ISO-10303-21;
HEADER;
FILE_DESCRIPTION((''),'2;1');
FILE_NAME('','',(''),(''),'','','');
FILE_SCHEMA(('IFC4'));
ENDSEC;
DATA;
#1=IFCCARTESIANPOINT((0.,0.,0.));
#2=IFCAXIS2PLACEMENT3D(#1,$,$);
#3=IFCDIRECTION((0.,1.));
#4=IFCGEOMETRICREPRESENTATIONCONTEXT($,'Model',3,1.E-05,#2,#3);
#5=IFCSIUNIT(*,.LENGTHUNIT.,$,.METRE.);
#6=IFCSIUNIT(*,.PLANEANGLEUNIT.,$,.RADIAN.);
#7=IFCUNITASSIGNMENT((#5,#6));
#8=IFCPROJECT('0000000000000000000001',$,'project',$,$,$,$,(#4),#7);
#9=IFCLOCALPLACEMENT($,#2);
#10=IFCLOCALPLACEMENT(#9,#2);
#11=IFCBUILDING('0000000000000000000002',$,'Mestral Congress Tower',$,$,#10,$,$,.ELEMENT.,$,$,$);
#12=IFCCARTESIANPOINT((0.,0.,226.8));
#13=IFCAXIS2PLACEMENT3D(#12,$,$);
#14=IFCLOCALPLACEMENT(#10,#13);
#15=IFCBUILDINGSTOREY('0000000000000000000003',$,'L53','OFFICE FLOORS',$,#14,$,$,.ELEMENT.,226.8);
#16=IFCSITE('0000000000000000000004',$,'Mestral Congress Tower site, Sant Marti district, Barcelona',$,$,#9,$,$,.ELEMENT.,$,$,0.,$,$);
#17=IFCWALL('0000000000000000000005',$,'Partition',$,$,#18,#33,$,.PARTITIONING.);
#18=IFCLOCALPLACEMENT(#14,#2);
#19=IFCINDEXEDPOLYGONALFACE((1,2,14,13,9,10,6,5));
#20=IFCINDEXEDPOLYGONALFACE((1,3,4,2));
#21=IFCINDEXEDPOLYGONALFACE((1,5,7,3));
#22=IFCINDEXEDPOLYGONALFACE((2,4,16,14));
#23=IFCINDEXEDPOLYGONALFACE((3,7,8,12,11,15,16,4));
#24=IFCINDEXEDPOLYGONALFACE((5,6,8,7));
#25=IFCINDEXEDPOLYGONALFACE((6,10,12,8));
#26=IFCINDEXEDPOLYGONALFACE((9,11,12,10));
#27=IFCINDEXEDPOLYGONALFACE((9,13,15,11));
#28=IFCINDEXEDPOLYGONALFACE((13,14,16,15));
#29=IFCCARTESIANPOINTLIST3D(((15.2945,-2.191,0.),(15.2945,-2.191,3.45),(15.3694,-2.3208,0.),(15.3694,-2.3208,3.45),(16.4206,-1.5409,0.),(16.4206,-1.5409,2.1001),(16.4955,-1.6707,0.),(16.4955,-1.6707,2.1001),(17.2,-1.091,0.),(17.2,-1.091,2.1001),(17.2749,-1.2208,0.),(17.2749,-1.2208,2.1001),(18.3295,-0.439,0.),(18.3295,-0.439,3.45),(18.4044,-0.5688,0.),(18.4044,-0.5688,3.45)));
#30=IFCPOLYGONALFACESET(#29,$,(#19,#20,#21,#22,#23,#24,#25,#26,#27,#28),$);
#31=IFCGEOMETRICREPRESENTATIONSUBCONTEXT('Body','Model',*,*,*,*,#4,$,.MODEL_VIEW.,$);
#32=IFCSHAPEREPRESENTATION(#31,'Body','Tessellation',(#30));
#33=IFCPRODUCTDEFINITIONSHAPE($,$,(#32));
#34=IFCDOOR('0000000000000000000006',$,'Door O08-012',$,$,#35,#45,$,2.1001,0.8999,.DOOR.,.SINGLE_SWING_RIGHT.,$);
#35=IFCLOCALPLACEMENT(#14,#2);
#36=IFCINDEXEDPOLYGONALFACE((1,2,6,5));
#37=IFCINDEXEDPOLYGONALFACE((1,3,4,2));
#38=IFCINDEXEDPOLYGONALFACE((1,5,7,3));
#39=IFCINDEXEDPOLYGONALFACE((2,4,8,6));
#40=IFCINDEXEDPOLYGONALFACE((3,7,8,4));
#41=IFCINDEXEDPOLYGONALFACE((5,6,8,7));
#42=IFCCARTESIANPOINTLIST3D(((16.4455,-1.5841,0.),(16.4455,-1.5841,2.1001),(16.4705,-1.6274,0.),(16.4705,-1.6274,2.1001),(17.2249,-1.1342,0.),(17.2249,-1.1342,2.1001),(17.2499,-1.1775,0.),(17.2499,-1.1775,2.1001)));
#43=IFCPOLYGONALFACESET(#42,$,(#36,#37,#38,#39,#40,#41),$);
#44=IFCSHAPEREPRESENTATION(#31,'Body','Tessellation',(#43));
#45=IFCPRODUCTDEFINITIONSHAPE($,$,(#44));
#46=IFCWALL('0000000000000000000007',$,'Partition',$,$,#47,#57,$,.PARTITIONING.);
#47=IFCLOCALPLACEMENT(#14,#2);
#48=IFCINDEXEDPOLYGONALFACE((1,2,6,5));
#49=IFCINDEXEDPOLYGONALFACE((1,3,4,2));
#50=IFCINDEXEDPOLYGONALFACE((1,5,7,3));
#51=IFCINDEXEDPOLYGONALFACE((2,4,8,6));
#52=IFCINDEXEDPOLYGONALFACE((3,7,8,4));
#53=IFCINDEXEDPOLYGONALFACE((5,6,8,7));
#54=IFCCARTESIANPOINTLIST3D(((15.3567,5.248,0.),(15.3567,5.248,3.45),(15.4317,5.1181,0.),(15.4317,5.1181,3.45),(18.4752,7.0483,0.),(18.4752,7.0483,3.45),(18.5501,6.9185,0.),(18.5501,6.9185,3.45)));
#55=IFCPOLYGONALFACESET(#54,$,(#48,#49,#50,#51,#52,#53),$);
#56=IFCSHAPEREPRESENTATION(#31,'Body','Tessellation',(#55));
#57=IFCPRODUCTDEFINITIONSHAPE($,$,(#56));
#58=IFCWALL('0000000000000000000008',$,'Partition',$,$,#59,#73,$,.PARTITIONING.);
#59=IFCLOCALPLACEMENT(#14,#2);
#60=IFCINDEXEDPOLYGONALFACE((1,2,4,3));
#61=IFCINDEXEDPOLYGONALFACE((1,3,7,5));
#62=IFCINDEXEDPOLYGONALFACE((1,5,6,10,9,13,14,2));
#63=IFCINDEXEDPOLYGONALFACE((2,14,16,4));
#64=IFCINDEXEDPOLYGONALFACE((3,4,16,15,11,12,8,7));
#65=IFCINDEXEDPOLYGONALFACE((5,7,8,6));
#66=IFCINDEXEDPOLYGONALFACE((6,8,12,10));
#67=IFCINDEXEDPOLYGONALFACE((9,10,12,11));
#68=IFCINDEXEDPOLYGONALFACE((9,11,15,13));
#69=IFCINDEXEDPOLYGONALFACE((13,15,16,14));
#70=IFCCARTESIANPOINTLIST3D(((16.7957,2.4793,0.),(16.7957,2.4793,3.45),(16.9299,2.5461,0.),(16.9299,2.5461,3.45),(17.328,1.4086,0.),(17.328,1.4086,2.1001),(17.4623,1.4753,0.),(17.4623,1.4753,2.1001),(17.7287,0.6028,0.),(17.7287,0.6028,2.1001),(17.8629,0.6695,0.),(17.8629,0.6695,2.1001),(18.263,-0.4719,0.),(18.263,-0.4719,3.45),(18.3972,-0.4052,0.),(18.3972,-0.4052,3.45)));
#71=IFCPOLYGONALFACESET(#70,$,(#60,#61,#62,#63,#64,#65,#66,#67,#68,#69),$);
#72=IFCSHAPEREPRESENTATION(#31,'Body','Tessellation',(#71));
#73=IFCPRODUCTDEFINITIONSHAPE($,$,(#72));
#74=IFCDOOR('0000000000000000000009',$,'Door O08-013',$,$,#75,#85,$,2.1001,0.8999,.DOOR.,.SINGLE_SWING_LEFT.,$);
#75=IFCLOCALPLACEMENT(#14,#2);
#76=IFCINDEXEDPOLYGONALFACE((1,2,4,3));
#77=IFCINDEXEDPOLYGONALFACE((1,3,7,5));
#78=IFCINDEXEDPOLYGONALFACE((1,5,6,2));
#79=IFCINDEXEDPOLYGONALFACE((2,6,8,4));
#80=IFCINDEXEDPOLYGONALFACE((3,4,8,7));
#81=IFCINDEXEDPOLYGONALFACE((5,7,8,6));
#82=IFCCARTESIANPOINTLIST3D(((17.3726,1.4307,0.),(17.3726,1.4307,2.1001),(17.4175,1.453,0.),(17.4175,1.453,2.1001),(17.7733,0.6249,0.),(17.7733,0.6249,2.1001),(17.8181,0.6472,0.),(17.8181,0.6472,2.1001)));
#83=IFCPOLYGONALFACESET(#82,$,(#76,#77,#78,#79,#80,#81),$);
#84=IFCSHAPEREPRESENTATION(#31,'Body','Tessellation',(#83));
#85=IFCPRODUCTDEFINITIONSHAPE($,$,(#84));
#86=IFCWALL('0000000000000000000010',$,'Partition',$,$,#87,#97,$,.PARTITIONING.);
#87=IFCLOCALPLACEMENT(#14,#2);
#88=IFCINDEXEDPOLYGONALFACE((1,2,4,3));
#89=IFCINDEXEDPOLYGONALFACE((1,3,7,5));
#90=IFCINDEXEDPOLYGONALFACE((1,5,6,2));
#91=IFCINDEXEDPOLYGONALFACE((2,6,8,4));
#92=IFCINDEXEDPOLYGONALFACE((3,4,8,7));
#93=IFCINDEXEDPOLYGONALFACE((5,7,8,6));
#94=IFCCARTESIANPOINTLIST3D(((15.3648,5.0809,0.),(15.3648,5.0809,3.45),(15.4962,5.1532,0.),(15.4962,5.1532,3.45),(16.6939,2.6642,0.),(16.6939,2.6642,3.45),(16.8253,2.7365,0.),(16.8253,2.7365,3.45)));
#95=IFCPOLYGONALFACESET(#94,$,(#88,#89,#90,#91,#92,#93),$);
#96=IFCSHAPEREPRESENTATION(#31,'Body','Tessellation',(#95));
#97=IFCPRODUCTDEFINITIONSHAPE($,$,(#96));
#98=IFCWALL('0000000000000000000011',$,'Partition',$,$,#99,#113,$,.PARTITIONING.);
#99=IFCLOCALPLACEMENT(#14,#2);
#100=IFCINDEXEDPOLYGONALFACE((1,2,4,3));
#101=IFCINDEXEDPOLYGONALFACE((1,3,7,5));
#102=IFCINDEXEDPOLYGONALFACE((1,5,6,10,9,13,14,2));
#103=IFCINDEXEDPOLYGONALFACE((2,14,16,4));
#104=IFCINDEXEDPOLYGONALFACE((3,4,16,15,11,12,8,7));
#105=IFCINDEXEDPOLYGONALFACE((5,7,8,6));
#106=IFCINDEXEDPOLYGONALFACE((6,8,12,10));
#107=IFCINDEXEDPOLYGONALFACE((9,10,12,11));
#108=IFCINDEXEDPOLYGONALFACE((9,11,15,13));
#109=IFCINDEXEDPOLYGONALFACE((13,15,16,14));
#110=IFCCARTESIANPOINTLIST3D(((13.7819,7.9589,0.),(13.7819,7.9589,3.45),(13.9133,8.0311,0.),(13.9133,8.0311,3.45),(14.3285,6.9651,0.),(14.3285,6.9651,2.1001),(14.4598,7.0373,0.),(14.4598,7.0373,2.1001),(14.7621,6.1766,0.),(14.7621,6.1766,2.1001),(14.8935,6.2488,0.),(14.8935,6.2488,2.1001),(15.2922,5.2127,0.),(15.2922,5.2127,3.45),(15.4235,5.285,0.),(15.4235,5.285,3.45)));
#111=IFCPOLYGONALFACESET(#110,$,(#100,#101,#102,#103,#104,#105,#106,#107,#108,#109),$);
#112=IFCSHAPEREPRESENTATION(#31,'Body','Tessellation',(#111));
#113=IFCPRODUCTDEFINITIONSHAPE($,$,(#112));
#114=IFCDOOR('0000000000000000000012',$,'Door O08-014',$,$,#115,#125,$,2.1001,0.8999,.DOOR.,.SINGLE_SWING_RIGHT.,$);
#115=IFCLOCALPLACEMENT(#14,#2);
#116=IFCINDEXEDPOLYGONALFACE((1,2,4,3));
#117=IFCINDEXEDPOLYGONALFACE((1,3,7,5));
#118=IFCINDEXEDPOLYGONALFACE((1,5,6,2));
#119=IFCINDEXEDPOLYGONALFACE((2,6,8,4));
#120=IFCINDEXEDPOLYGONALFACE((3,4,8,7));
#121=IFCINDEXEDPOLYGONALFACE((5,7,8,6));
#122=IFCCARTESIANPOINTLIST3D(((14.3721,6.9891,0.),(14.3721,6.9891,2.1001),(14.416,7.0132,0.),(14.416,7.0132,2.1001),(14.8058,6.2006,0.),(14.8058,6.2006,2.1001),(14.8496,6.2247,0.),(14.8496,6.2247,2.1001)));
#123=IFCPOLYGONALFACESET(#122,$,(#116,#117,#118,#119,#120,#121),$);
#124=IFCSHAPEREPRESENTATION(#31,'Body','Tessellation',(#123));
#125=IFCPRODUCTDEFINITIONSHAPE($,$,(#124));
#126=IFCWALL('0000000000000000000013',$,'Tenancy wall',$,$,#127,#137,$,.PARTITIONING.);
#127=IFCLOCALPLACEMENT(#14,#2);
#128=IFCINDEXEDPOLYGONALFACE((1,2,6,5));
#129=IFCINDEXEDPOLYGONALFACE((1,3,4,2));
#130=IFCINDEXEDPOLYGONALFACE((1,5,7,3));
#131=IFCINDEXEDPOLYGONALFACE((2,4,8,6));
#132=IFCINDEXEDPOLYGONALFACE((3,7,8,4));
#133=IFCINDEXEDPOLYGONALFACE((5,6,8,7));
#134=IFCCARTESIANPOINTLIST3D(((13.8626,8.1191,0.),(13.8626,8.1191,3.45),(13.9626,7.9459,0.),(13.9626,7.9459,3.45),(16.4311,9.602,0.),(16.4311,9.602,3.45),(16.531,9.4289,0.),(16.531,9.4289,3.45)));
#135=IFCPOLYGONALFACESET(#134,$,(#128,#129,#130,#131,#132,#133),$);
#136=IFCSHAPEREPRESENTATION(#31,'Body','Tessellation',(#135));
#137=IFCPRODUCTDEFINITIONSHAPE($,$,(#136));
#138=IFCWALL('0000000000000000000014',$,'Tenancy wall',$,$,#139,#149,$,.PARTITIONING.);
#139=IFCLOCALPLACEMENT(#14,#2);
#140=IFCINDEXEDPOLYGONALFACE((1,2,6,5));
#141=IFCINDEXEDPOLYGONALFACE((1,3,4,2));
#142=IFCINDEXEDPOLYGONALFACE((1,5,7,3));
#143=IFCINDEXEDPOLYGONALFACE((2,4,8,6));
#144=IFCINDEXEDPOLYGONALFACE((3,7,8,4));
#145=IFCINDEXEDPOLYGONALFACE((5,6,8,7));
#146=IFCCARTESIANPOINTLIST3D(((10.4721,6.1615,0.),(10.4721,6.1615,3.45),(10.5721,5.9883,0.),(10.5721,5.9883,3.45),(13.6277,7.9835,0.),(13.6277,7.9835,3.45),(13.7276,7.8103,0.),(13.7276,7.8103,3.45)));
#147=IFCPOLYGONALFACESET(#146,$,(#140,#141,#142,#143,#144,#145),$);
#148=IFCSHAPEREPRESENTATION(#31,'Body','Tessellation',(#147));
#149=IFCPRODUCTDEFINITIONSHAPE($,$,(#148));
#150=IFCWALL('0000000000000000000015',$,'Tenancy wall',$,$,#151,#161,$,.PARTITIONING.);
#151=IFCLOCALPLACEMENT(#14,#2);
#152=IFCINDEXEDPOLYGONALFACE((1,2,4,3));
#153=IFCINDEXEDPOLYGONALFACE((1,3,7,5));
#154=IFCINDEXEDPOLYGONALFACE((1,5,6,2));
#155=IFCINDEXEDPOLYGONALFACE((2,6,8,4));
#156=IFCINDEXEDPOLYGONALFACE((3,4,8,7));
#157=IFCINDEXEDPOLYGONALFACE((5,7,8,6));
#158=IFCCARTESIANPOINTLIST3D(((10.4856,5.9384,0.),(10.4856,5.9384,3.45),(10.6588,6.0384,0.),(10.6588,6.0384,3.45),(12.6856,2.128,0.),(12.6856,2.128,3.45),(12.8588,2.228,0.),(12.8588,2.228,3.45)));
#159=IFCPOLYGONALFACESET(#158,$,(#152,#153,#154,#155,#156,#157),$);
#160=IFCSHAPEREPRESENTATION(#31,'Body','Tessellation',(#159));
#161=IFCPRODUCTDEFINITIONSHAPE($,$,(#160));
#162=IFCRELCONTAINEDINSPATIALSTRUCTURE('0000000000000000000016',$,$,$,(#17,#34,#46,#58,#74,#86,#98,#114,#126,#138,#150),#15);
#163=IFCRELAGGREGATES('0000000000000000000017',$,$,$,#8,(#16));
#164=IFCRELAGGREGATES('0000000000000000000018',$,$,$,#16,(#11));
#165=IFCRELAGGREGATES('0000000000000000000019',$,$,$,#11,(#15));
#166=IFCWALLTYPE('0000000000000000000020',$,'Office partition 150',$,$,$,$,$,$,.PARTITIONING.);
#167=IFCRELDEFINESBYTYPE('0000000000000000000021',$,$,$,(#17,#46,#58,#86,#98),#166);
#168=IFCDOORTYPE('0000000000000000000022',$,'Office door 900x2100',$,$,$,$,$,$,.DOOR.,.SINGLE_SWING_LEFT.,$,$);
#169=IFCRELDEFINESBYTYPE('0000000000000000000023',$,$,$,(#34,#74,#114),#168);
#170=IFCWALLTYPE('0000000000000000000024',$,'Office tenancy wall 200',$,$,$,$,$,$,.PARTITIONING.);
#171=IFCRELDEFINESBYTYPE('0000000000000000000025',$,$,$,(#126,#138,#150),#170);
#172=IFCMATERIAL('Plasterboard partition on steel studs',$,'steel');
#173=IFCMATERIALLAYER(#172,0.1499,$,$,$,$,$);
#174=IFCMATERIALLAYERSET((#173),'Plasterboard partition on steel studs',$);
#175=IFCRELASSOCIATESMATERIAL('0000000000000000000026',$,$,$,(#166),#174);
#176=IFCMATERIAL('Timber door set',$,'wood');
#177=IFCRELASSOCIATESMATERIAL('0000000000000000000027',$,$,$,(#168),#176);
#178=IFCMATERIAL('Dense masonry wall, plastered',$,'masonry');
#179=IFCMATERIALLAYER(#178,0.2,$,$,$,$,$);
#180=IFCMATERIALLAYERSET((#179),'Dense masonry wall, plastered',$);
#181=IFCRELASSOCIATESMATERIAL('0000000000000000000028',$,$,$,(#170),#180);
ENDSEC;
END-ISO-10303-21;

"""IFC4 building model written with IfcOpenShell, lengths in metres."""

from ifc_helpers import new_model, si_unit, direction, frame, frame_2d, origin, place, context, subcontext, project, spatial, rectangle, extrude, material, layer, layer_set, type_object, element, fill, save


model = new_model("IFC4")

# Units and contexts
model_context = context("Model", 3, precision=1e-05, world=origin(), true_north=direction((0.0, 1.0)))
body_context = subcontext(model_context, "Body", "Model", "MODEL_VIEW")
ifc_project = project(units=[si_unit("LENGTHUNIT", "METRE"), si_unit("PLANEANGLEUNIT", "RADIAN")], contexts=[model_context])

# Site, building, storey
site_placement = place(None, origin())
site = spatial("IfcSite", under=ifc_project, at=site_placement, Name="Mestral Congress Tower site, Sant Marti district, Barcelona", CompositionType="ELEMENT", RefElevation=0.0)
building_placement = place(site_placement, origin())
building = spatial("IfcBuilding", under=site, at=building_placement, Name="Mestral Congress Tower", CompositionType="ELEMENT")
storey_placement = place(building_placement, frame((0.0, 0.0, 226.8)))
storey = spatial("IfcBuildingStorey", under=building, at=storey_placement, Name="L53", Description="OFFICE FLOORS", CompositionType="ELEMENT", Elevation=226.8)

# Shared definitions
ifc_material_1 = material(Name="Plasterboard partition on steel studs", Category="steel")
ifc_layer_1 = layer(ifc_material_1, 0.1499)
ifc_layer_set_1 = layer_set([ifc_layer_1], Name="Plasterboard partition on steel studs")
wall_type_1 = type_object("IfcWallType", Name="Office partition 150", PredefinedType="PARTITIONING", material=ifc_layer_set_1)

# Wall, opening, door
wall_1_placement = place(storey_placement, frame((18.3669, -0.5039, 0.0), z_axis=(0.0, 0.0, 1.0), x_axis=(-0.866057, -0.499946, 0.0)))
wall_1 = element("IfcWall", 1, at=wall_1_placement, inside=storey, type_object=wall_type_1, Name="Partition", PredefinedType="PARTITIONING", context=body_context, shape_type="SweptSolid", body=[
    extrude(rectangle(XDim=3.5044, YDim=0.1499, at=frame_2d((1.7522, 0.0))), origin(), (0.0, 0.0, 1.0), 3.45),
])
opening_1_placement = place(wall_1_placement, frame((1.3042, 0.0, 0.0)))
opening_1 = element("IfcOpeningElement", 2, at=opening_1_placement, cuts=wall_1, PredefinedType="OPENING", context=body_context, shape_type="SweptSolid", body=[
    extrude(rectangle(XDim=0.8999, YDim=2.1001, at=frame_2d((0.45, 1.05))), frame((0.0, 0.085, 0.0), z_axis=(0.0, -1.0, 0.0), x_axis=(1.0, 0.0, 0.0)), (0.0, 0.0, 1.0), 0.1699),
])
ifc_material_2 = material(Name="Timber door set", Category="wood")
door_type_1 = type_object("IfcDoorType", Name="Office door 900x2100", OperationType="SINGLE_SWING_LEFT", PredefinedType="DOOR", material=ifc_material_2)
door_1_placement = place(opening_1_placement, origin())
door_1 = element("IfcDoor", 3, at=door_1_placement, inside=storey, type_object=door_type_1, Name="Door O08-012", OperationType="SINGLE_SWING_RIGHT", OverallHeight=2.1001, OverallWidth=0.8999, PredefinedType="DOOR", context=body_context, shape_type="SweptSolid", body=[
    extrude(rectangle(XDim=0.8999, YDim=2.1001, at=frame_2d((0.45, 1.05))), frame((0.0, 0.0249, 0.0), z_axis=(0.0, -1.0, 0.0), x_axis=(1.0, 0.0, 0.0)), (0.0, 0.0, 1.0), 0.05),
])
fill(opening_1, door_1)

# Wall
wall_2_placement = place(storey_placement, frame((15.3943, 5.1831, 0.0), z_axis=(0.0, 0.0, 1.0), x_axis=(0.86604, 0.499975, 0.0)))
element("IfcWall", 4, at=wall_2_placement, inside=storey, type_object=wall_type_1, Name="Partition", PredefinedType="PARTITIONING", context=body_context, shape_type="SweptSolid", body=[
    extrude(rectangle(XDim=3.6008, YDim=0.1499, at=frame_2d((1.8003, 0.0))), origin(), (0.0, 0.0, 1.0), 3.45),
])

# Wall, opening, door
wall_3_placement = place(storey_placement, frame((16.8628, 2.5127, 0.0), z_axis=(0.0, 0.0, 1.0), x_axis=(0.445198, -0.895432, 0.0)))
wall_3 = element("IfcWall", 5, at=wall_3_placement, inside=storey, type_object=wall_type_1, Name="Partition", PredefinedType="PARTITIONING", context=body_context, shape_type="SweptSolid", body=[
    extrude(rectangle(XDim=3.2959, YDim=0.1499, at=frame_2d((1.6479, 0.0))), origin(), (0.0, 0.0, 1.0), 3.45),
])
opening_2_placement = place(wall_3_placement, frame((1.1958, 0.0, 0.0)))
opening_2 = element("IfcOpeningElement", 6, at=opening_2_placement, cuts=wall_3, PredefinedType="OPENING", context=body_context, shape_type="SweptSolid", body=[
    extrude(rectangle(XDim=0.8999, YDim=2.1001, at=frame_2d((0.45, 1.05))), frame((0.0, 0.085, 0.0), z_axis=(0.0, -1.0, 0.0), x_axis=(1.0, 0.0, 0.0)), (0.0, 0.0, 1.0), 0.1699),
])
door_2_placement = place(opening_2_placement, origin())
door_2 = element("IfcDoor", 7, at=door_2_placement, inside=storey, type_object=door_type_1, Name="Door O08-013", OperationType="SINGLE_SWING_LEFT", OverallHeight=2.1001, OverallWidth=0.8999, PredefinedType="DOOR", context=body_context, shape_type="SweptSolid", body=[
    extrude(rectangle(XDim=0.8999, YDim=2.1001, at=frame_2d((0.45, 1.05))), frame((0.0, 0.0249, 0.0), z_axis=(0.0, -1.0, 0.0), x_axis=(1.0, 0.0, 0.0)), (0.0, 0.0, 1.0), 0.05),
])
fill(opening_2, door_2)

# Wall
wall_4_placement = place(storey_placement, frame((16.7595, 2.7004, 0.0), z_axis=(0.0, 0.0, 1.0), x_axis=(-0.481888, 0.876233, 0.0)))
element("IfcWall", 8, at=wall_4_placement, inside=storey, type_object=wall_type_1, Name="Partition", PredefinedType="PARTITIONING", context=body_context, shape_type="SweptSolid", body=[
    extrude(rectangle(XDim=2.7581, YDim=0.1499, at=frame_2d((1.3789, 0.0))), origin(), (0.0, 0.0, 1.0), 3.45),
])

# Wall, opening, door
wall_5_placement = place(storey_placement, frame((13.8477, 7.9949, 0.0), z_axis=(0.0, 0.0, 1.0), x_axis=(0.481895, -0.876229, 0.0)))
wall_5 = element("IfcWall", 9, at=wall_5_placement, inside=storey, type_object=wall_type_1, Name="Partition", PredefinedType="PARTITIONING", context=body_context, shape_type="SweptSolid", body=[
    extrude(rectangle(XDim=3.134, YDim=0.1499, at=frame_2d((1.5669, 0.0))), origin(), (0.0, 0.0, 1.0), 3.45),
])
opening_3_placement = place(wall_5_placement, frame((1.134, 0.0, 0.0)))
opening_3 = element("IfcOpeningElement", 10, at=opening_3_placement, cuts=wall_5, PredefinedType="OPENING", context=body_context, shape_type="SweptSolid", body=[
    extrude(rectangle(XDim=0.8999, YDim=2.1001, at=frame_2d((0.45, 1.05))), frame((0.0, 0.085, 0.0), z_axis=(0.0, -1.0, 0.0), x_axis=(1.0, 0.0, 0.0)), (0.0, 0.0, 1.0), 0.1699),
])
door_3_placement = place(opening_3_placement, origin())
door_3 = element("IfcDoor", 11, at=door_3_placement, inside=storey, type_object=door_type_1, Name="Door O08-014", OperationType="SINGLE_SWING_RIGHT", OverallHeight=2.1001, OverallWidth=0.8999, PredefinedType="DOOR", context=body_context, shape_type="SweptSolid", body=[
    extrude(rectangle(XDim=0.8999, YDim=2.1001, at=frame_2d((0.45, 1.05))), frame((0.0, 0.0249, 0.0), z_axis=(0.0, -1.0, 0.0), x_axis=(1.0, 0.0, 0.0)), (0.0, 0.0, 1.0), 0.05),
])
fill(opening_3, door_3)

# Walls
ifc_material_3 = material(Name="Dense masonry wall, plastered", Category="masonry")
ifc_layer_2 = layer(ifc_material_3, 0.2)
ifc_layer_set_2 = layer_set([ifc_layer_2], Name="Dense masonry wall, plastered")
wall_type_2 = type_object("IfcWallType", Name="Office tenancy wall 200", PredefinedType="PARTITIONING", material=ifc_layer_set_2)
wall_6_placement = place(storey_placement, frame((13.9126, 8.0325, 0.0), z_axis=(0.0, 0.0, 1.0), x_axis=(0.866016, 0.500017, 0.0)))
element("IfcWall", 12, at=wall_6_placement, inside=storey, type_object=wall_type_2, Name="Tenancy wall", PredefinedType="PARTITIONING", context=body_context, shape_type="SweptSolid", body=[
    extrude(rectangle(XDim=2.9658, YDim=0.2, at=frame_2d((1.4829, 0.0))), origin(), (0.0, 0.0, 1.0), 3.45),
])
wall_7_placement = place(storey_placement, frame((10.5222, 6.075, 0.0), z_axis=(0.0, 0.0, 1.0), x_axis=(0.866004, 0.500038, 0.0)))
element("IfcWall", 13, at=wall_7_placement, inside=storey, type_object=wall_type_2, Name="Tenancy wall", PredefinedType="PARTITIONING", context=body_context, shape_type="SweptSolid", body=[
    extrude(rectangle(XDim=3.6438, YDim=0.2, at=frame_2d((1.8218, 0.0))), origin(), (0.0, 0.0, 1.0), 3.45),
])
wall_8_placement = place(storey_placement, frame((12.7722, 2.178, 0.0), z_axis=(0.0, 0.0, 1.0), x_axis=(-0.500012, 0.866018, 0.0)))
element("IfcWall", 14, at=wall_8_placement, inside=storey, type_object=wall_type_2, Name="Tenancy wall", PredefinedType="PARTITIONING", context=body_context, shape_type="SweptSolid", body=[
    extrude(rectangle(XDim=4.3999, YDim=0.2, at=frame_2d((2.2, 0.0))), origin(), (0.0, 0.0, 1.0), 3.45),
])

save(model, "model.ifc")
